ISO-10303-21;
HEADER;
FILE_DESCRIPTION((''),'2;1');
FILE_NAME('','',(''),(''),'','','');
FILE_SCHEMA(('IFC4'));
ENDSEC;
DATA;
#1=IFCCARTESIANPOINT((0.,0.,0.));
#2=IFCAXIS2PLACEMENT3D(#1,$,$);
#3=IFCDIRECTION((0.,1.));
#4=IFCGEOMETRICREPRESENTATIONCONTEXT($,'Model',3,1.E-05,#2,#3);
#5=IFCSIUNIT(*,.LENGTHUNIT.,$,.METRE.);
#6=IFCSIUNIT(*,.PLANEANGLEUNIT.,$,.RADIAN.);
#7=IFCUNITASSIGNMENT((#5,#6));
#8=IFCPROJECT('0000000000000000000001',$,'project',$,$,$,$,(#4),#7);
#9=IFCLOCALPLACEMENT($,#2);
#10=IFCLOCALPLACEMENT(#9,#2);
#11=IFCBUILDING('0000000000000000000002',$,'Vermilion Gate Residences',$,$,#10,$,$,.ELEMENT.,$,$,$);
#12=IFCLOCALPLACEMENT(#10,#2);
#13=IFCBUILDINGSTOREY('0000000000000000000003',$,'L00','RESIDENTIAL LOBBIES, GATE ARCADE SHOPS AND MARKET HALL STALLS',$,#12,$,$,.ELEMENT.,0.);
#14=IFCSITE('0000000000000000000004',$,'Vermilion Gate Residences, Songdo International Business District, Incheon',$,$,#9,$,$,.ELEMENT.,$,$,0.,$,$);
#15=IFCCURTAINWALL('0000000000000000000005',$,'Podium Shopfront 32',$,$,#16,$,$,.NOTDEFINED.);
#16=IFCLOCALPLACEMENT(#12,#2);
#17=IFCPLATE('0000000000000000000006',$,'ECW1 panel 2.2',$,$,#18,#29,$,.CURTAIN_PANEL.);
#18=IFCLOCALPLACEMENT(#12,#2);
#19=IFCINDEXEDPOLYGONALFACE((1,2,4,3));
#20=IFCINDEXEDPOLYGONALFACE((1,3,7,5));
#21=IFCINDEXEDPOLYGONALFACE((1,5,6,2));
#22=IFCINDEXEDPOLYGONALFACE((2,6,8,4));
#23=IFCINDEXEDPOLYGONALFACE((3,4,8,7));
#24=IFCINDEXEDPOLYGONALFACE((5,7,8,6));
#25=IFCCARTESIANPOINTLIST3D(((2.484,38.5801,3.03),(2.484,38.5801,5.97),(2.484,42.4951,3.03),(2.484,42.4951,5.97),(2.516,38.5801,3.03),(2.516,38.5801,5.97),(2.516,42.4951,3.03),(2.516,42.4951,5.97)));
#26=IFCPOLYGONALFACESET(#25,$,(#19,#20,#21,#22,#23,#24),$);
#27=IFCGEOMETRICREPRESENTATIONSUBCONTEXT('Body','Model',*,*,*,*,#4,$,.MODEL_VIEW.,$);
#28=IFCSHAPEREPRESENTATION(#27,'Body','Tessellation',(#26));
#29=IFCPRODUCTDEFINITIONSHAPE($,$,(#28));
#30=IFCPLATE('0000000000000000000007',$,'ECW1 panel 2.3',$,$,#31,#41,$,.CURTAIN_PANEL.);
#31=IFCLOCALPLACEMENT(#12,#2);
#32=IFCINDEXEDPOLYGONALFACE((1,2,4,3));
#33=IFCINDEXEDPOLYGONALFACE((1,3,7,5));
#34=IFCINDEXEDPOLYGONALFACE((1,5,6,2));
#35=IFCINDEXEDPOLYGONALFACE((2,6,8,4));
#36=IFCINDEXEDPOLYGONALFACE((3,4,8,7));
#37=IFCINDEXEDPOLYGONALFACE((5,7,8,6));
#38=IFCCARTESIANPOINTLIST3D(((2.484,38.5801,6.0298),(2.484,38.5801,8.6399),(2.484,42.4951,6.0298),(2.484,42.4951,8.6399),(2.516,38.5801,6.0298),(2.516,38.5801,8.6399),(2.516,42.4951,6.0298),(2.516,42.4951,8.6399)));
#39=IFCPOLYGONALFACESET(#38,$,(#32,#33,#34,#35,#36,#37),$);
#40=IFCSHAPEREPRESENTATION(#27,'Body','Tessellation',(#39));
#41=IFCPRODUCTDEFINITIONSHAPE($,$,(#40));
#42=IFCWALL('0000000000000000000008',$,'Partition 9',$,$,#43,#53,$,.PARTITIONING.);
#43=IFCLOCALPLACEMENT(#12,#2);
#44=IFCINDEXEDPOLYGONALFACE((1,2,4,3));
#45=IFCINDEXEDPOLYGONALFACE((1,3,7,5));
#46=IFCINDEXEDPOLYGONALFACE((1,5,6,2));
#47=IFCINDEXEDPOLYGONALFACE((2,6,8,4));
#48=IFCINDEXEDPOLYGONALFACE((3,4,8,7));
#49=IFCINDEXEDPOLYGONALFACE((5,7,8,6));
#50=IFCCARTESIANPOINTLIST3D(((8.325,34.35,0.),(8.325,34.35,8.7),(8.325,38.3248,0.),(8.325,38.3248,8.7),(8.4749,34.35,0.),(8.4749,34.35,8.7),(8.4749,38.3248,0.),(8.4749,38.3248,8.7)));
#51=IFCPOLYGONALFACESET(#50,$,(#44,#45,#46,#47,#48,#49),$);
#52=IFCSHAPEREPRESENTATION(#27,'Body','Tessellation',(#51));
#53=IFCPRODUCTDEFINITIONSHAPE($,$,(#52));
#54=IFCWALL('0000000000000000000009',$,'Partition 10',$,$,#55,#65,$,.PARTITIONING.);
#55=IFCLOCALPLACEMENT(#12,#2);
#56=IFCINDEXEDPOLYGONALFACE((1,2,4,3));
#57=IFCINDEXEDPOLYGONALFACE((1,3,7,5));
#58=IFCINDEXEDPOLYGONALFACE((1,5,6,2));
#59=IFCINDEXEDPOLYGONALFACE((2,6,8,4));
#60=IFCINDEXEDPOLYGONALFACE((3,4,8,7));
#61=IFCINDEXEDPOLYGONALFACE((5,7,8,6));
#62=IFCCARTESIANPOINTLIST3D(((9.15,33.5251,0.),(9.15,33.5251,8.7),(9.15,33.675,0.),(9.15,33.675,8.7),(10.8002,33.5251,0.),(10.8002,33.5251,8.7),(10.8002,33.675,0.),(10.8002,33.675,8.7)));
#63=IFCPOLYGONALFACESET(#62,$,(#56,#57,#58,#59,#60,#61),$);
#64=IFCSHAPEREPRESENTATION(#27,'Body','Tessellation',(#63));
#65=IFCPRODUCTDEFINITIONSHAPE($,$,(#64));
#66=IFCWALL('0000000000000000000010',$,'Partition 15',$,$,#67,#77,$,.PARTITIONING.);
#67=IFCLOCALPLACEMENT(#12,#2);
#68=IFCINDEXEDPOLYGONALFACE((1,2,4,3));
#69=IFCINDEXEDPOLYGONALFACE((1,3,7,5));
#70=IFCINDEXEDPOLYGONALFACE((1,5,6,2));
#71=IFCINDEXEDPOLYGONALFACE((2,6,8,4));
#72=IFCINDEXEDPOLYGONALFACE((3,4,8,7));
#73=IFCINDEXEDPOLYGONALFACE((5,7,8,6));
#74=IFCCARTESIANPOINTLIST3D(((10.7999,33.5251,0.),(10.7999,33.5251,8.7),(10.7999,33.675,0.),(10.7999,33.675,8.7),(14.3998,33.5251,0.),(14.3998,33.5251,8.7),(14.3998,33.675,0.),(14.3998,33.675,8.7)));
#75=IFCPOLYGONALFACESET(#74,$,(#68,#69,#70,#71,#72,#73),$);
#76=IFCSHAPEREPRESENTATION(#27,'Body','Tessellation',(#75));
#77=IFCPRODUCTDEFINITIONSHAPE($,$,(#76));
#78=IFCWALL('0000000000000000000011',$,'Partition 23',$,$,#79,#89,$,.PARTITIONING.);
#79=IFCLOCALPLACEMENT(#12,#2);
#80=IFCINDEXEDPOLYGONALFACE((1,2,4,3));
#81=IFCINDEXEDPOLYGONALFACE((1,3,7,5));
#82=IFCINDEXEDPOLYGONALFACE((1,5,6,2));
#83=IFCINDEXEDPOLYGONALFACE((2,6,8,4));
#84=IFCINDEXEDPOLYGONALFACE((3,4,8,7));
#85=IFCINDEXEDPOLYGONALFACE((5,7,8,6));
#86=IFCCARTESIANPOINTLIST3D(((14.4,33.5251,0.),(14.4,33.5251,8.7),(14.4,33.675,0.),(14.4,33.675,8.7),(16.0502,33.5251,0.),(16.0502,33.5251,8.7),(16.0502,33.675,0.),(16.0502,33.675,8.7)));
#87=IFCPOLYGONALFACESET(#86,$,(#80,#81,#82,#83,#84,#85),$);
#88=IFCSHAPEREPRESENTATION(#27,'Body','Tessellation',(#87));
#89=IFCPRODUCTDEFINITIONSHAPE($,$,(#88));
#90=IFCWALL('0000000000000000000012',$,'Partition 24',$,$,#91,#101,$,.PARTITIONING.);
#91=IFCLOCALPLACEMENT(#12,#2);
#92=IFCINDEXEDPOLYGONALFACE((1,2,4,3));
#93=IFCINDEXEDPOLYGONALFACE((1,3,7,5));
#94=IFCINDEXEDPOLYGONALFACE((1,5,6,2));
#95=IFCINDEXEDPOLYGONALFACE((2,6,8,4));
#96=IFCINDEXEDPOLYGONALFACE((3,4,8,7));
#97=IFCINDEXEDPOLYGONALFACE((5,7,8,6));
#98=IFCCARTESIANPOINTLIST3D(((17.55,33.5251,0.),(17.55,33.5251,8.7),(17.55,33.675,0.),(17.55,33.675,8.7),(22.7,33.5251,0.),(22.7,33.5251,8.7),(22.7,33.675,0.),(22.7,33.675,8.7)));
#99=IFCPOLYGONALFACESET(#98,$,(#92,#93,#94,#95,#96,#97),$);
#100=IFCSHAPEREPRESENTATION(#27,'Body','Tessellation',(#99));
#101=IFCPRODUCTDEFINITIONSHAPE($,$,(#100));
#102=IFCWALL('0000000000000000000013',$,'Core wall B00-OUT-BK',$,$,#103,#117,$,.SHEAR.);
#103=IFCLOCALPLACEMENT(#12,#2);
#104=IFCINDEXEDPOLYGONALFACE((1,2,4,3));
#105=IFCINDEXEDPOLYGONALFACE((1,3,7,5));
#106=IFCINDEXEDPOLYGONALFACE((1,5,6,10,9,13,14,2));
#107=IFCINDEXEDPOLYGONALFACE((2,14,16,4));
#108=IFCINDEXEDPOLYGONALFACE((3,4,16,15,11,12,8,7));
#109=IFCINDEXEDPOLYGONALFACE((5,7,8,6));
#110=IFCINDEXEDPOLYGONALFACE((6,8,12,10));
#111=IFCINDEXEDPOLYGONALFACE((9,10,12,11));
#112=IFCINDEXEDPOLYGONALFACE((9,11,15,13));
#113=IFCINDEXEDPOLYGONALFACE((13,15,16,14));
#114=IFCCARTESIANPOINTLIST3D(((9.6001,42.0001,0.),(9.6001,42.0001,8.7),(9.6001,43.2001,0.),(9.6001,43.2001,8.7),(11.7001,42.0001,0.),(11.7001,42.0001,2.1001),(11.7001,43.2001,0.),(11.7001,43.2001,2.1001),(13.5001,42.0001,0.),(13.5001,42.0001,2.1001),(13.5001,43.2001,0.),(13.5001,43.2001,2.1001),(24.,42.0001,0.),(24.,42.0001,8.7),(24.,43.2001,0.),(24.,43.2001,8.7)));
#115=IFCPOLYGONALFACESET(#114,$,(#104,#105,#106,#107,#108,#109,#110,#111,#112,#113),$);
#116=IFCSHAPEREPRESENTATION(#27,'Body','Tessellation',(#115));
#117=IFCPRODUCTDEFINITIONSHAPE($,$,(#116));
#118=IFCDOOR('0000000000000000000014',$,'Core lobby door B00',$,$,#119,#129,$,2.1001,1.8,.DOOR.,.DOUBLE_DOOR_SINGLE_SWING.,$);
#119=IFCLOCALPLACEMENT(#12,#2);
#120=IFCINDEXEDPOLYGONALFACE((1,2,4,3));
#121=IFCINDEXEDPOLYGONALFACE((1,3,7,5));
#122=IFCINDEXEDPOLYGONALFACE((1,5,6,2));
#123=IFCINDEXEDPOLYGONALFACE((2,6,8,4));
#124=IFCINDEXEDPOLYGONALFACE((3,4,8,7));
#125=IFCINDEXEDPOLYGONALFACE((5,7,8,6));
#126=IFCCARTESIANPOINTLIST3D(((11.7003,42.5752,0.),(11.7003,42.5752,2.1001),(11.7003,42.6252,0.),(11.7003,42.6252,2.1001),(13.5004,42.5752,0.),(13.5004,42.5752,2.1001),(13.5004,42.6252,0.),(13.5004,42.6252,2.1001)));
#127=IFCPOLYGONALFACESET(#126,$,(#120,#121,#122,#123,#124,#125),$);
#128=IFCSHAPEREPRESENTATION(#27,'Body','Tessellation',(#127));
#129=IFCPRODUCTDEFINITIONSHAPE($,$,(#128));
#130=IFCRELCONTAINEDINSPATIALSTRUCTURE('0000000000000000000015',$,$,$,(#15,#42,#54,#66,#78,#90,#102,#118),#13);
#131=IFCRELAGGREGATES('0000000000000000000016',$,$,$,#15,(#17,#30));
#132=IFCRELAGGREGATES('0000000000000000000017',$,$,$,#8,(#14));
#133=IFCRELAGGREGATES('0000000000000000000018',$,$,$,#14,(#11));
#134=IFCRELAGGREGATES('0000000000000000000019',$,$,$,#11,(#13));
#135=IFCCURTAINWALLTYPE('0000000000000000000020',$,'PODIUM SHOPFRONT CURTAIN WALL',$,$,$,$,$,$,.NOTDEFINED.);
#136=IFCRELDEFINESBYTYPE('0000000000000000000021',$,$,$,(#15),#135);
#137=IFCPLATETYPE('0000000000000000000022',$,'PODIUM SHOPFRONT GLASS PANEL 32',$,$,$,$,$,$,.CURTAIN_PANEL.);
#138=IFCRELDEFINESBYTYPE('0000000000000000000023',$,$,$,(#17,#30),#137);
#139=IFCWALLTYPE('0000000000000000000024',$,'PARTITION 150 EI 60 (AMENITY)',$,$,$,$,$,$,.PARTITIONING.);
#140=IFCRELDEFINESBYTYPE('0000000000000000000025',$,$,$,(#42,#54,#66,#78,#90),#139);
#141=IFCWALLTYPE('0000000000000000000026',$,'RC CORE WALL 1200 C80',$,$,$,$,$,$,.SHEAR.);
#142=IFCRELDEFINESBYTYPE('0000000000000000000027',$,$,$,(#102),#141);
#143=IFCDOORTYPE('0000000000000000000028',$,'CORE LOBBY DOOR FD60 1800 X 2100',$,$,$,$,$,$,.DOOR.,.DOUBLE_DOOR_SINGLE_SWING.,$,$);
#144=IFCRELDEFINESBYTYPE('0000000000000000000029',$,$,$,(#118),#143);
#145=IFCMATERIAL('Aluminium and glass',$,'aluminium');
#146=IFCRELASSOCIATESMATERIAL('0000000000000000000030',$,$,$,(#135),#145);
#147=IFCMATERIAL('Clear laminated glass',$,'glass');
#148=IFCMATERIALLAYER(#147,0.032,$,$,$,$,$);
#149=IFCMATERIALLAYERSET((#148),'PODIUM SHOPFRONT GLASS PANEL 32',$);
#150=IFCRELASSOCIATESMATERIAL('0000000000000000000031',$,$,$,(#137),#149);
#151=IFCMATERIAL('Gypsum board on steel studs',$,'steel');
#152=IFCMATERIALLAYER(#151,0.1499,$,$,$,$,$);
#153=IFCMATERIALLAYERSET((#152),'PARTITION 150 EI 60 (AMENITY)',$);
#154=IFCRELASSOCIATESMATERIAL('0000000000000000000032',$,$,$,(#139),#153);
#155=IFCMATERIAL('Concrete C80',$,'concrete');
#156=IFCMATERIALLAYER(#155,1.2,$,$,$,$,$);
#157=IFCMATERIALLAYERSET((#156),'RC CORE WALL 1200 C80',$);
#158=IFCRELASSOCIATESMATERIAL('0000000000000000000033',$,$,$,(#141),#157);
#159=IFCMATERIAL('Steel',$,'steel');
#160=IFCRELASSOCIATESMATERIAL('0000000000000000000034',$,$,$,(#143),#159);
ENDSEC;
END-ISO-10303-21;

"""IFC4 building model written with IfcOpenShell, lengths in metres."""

from ifc_helpers import new_model, si_unit, direction, frame, frame_2d, origin, origin_2d, place, context, subcontext, project, spatial, rectangle, extrude, material, layer, layer_set, type_object, element, fill, aggregate, save


model = new_model("IFC4")

# Units and contexts
model_context = context("Model", 3, precision=1e-05, world=origin(), true_north=direction((0.0, 1.0)))
body_context = subcontext(model_context, "Body", "Model", "MODEL_VIEW")
ifc_project = project(units=[si_unit("LENGTHUNIT", "METRE"), si_unit("PLANEANGLEUNIT", "RADIAN")], contexts=[model_context])

# Site, building, storey
site_placement = place(None, origin())
site = spatial("IfcSite", under=ifc_project, at=site_placement, Name="Vermilion Gate Residences, Songdo International Business District, Incheon", CompositionType="ELEMENT", RefElevation=0.0)
building_placement = place(site_placement, origin())
building = spatial("IfcBuilding", under=site, at=building_placement, Name="Vermilion Gate Residences", CompositionType="ELEMENT")
storey_placement = place(building_placement, origin())
storey = spatial("IfcBuildingStorey", under=building, at=storey_placement, Name="L00", Description="RESIDENTIAL LOBBIES, GATE ARCADE SHOPS AND MARKET HALL STALLS", CompositionType="ELEMENT", Elevation=0.0)

# Curtain wall
ifc_material_1 = material(Name="Aluminium and glass", Category="aluminium")
curtain_wall_type_1 = type_object("IfcCurtainWallType", Name="PODIUM SHOPFRONT CURTAIN WALL", PredefinedType="NOTDEFINED", material=ifc_material_1)
curtain_wall_1_placement = place(storey_placement, origin())
curtain_wall_1 = element("IfcCurtainWall", 1, at=curtain_wall_1_placement, inside=storey, type_object=curtain_wall_type_1, Name="Podium Shopfront 32", PredefinedType="NOTDEFINED")

# Plates
ifc_material_2 = material(Name="Clear laminated glass", Category="glass")
ifc_layer_1 = layer(ifc_material_2, 0.032)
ifc_layer_set_1 = layer_set([ifc_layer_1], Name="PODIUM SHOPFRONT GLASS PANEL 32")
plate_type_1 = type_object("IfcPlateType", Name="PODIUM SHOPFRONT GLASS PANEL 32", PredefinedType="CURTAIN_PANEL", material=ifc_layer_set_1)
plate_1_placement = place(storey_placement, frame((2.5, 40.5376, 3.03), z_axis=(0.0, 0.0, 1.0), x_axis=(0.0, -1.0, 0.0)))
plate_1 = element("IfcPlate", 2, at=plate_1_placement, type_object=plate_type_1, Name="ECW1 panel 2.2", PredefinedType="CURTAIN_PANEL", context=body_context, shape_type="SweptSolid", body=[
    extrude(rectangle(XDim=3.915, YDim=0.032, at=origin_2d()), origin(), (0.0, 0.0, 1.0), 2.9399),
])
plate_2_placement = place(storey_placement, frame((2.5, 40.5376, 6.0298), z_axis=(0.0, 0.0, 1.0), x_axis=(0.0, -1.0, 0.0)))
plate_2 = element("IfcPlate", 3, at=plate_2_placement, type_object=plate_type_1, Name="ECW1 panel 2.3", PredefinedType="CURTAIN_PANEL", context=body_context, shape_type="SweptSolid", body=[
    extrude(rectangle(XDim=3.915, YDim=0.032, at=origin_2d()), origin(), (0.0, 0.0, 1.0), 2.6101),
])
aggregate(curtain_wall_1, [plate_1, plate_2])

# Walls
ifc_material_3 = material(Name="Gypsum board on steel studs", Category="steel")
ifc_layer_2 = layer(ifc_material_3, 0.1499)
ifc_layer_set_2 = layer_set([ifc_layer_2], Name="PARTITION 150 EI 60 (AMENITY)")
wall_type_1 = type_object("IfcWallType", Name="PARTITION 150 EI 60 (AMENITY)", PredefinedType="PARTITIONING", material=ifc_layer_set_2)
wall_1_placement = place(storey_placement, frame((8.3999, 34.3501, 0.0), z_axis=(0.0, 0.0, 1.0), x_axis=(0.0, 1.0, 0.0)))
element("IfcWall", 4, at=wall_1_placement, inside=storey, type_object=wall_type_1, Name="Partition 9", PredefinedType="PARTITIONING", context=body_context, shape_type="SweptSolid", body=[
    extrude(rectangle(XDim=3.9749, YDim=0.1499, at=frame_2d((1.9873, 0.0))), origin(), (0.0, 0.0, 1.0), 8.7),
])
wall_2_placement = place(storey_placement, frame((9.1499, 33.6001, 0.0), z_axis=(0.0, 0.0, 1.0), x_axis=(1.0, 0.0, 0.0)))
element("IfcWall", 5, at=wall_2_placement, inside=storey, type_object=wall_type_1, Name="Partition 10", PredefinedType="PARTITIONING", context=body_context, shape_type="SweptSolid", body=[
    extrude(rectangle(XDim=1.6501, YDim=0.1499, at=frame_2d((0.8252, 0.0))), origin(), (0.0, 0.0, 1.0), 8.7),
])
wall_3_placement = place(storey_placement, frame((10.8, 33.6001, 0.0), z_axis=(0.0, 0.0, 1.0), x_axis=(1.0, 0.0, 0.0)))
element("IfcWall", 6, at=wall_3_placement, inside=storey, type_object=wall_type_1, Name="Partition 15", PredefinedType="PARTITIONING", context=body_context, shape_type="SweptSolid", body=[
    extrude(rectangle(XDim=3.5999, YDim=0.1499, at=frame_2d((1.7998, 0.0))), origin(), (0.0, 0.0, 1.0), 8.7),
])
wall_4_placement = place(storey_placement, frame((14.3999, 33.6001, 0.0), z_axis=(0.0, 0.0, 1.0), x_axis=(1.0, 0.0, 0.0)))
element("IfcWall", 7, at=wall_4_placement, inside=storey, type_object=wall_type_1, Name="Partition 23", PredefinedType="PARTITIONING", context=body_context, shape_type="SweptSolid", body=[
    extrude(rectangle(XDim=1.6501, YDim=0.1499, at=frame_2d((0.8252, 0.0))), origin(), (0.0, 0.0, 1.0), 8.7),
])
wall_5_placement = place(storey_placement, frame((17.55, 33.6001, 0.0), z_axis=(0.0, 0.0, 1.0), x_axis=(1.0, 0.0, 0.0)))
element("IfcWall", 8, at=wall_5_placement, inside=storey, type_object=wall_type_1, Name="Partition 24", PredefinedType="PARTITIONING", context=body_context, shape_type="SweptSolid", body=[
    extrude(rectangle(XDim=5.1499, YDim=0.1499, at=frame_2d((2.575, 0.0))), origin(), (0.0, 0.0, 1.0), 8.7),
])

# Wall, opening, door
ifc_material_4 = material(Name="Concrete C80", Category="concrete")
ifc_layer_3 = layer(ifc_material_4, 1.2)
ifc_layer_set_3 = layer_set([ifc_layer_3], Name="RC CORE WALL 1200 C80")
wall_type_2 = type_object("IfcWallType", Name="RC CORE WALL 1200 C80", PredefinedType="SHEAR", material=ifc_layer_set_3)
wall_6_placement = place(storey_placement, frame((9.6001, 42.6001, 0.0), z_axis=(0.0, 0.0, 1.0), x_axis=(1.0, 0.0, 0.0)))
wall_6 = element("IfcWall", 9, at=wall_6_placement, inside=storey, type_object=wall_type_2, Name="Core wall B00-OUT-BK", PredefinedType="SHEAR", context=body_context, shape_type="SweptSolid", body=[
    extrude(rectangle(XDim=14.3999, YDim=1.2, at=frame_2d((7.2, 0.0))), origin(), (0.0, 0.0, 1.0), 8.7),
])
opening_placement = place(wall_6_placement, frame((2.1001, 0.0, 0.0)))
opening = element("IfcOpeningElement", 10, at=opening_placement, cuts=wall_6, PredefinedType="OPENING", context=body_context, shape_type="SweptSolid", body=[
    extrude(rectangle(XDim=1.8, YDim=2.1001, at=frame_2d((0.8999, 1.05))), frame((0.0, 0.6099, 0.0), z_axis=(0.0, -1.0, 0.0), x_axis=(1.0, 0.0, 0.0)), (0.0, 0.0, 1.0), 1.22),
])
ifc_material_5 = material(Name="Steel", Category="steel")
door_type = type_object("IfcDoorType", Name="CORE LOBBY DOOR FD60 1800 X 2100", OperationType="DOUBLE_DOOR_SINGLE_SWING", PredefinedType="DOOR", material=ifc_material_5)
door_placement = place(opening_placement, frame((1.8, 0.0, 0.0), z_axis=(0.0, 0.0, 1.0), x_axis=(-1.0, 0.0, 0.0)))
door = element("IfcDoor", 11, at=door_placement, inside=storey, type_object=door_type, Name="Core lobby door B00", OperationType="DOUBLE_DOOR_SINGLE_SWING", OverallHeight=2.1001, OverallWidth=1.8, PredefinedType="DOOR", context=body_context, shape_type="SweptSolid", body=[
    extrude(rectangle(XDim=1.8, YDim=2.1001, at=frame_2d((0.8999, 1.05))), frame((0.0, 0.0249, 0.0), z_axis=(0.0, -1.0, 0.0), x_axis=(1.0, 0.0, 0.0)), (0.0, 0.0, 1.0), 0.05),
])
fill(opening, door)

save(model, "model.ifc")
